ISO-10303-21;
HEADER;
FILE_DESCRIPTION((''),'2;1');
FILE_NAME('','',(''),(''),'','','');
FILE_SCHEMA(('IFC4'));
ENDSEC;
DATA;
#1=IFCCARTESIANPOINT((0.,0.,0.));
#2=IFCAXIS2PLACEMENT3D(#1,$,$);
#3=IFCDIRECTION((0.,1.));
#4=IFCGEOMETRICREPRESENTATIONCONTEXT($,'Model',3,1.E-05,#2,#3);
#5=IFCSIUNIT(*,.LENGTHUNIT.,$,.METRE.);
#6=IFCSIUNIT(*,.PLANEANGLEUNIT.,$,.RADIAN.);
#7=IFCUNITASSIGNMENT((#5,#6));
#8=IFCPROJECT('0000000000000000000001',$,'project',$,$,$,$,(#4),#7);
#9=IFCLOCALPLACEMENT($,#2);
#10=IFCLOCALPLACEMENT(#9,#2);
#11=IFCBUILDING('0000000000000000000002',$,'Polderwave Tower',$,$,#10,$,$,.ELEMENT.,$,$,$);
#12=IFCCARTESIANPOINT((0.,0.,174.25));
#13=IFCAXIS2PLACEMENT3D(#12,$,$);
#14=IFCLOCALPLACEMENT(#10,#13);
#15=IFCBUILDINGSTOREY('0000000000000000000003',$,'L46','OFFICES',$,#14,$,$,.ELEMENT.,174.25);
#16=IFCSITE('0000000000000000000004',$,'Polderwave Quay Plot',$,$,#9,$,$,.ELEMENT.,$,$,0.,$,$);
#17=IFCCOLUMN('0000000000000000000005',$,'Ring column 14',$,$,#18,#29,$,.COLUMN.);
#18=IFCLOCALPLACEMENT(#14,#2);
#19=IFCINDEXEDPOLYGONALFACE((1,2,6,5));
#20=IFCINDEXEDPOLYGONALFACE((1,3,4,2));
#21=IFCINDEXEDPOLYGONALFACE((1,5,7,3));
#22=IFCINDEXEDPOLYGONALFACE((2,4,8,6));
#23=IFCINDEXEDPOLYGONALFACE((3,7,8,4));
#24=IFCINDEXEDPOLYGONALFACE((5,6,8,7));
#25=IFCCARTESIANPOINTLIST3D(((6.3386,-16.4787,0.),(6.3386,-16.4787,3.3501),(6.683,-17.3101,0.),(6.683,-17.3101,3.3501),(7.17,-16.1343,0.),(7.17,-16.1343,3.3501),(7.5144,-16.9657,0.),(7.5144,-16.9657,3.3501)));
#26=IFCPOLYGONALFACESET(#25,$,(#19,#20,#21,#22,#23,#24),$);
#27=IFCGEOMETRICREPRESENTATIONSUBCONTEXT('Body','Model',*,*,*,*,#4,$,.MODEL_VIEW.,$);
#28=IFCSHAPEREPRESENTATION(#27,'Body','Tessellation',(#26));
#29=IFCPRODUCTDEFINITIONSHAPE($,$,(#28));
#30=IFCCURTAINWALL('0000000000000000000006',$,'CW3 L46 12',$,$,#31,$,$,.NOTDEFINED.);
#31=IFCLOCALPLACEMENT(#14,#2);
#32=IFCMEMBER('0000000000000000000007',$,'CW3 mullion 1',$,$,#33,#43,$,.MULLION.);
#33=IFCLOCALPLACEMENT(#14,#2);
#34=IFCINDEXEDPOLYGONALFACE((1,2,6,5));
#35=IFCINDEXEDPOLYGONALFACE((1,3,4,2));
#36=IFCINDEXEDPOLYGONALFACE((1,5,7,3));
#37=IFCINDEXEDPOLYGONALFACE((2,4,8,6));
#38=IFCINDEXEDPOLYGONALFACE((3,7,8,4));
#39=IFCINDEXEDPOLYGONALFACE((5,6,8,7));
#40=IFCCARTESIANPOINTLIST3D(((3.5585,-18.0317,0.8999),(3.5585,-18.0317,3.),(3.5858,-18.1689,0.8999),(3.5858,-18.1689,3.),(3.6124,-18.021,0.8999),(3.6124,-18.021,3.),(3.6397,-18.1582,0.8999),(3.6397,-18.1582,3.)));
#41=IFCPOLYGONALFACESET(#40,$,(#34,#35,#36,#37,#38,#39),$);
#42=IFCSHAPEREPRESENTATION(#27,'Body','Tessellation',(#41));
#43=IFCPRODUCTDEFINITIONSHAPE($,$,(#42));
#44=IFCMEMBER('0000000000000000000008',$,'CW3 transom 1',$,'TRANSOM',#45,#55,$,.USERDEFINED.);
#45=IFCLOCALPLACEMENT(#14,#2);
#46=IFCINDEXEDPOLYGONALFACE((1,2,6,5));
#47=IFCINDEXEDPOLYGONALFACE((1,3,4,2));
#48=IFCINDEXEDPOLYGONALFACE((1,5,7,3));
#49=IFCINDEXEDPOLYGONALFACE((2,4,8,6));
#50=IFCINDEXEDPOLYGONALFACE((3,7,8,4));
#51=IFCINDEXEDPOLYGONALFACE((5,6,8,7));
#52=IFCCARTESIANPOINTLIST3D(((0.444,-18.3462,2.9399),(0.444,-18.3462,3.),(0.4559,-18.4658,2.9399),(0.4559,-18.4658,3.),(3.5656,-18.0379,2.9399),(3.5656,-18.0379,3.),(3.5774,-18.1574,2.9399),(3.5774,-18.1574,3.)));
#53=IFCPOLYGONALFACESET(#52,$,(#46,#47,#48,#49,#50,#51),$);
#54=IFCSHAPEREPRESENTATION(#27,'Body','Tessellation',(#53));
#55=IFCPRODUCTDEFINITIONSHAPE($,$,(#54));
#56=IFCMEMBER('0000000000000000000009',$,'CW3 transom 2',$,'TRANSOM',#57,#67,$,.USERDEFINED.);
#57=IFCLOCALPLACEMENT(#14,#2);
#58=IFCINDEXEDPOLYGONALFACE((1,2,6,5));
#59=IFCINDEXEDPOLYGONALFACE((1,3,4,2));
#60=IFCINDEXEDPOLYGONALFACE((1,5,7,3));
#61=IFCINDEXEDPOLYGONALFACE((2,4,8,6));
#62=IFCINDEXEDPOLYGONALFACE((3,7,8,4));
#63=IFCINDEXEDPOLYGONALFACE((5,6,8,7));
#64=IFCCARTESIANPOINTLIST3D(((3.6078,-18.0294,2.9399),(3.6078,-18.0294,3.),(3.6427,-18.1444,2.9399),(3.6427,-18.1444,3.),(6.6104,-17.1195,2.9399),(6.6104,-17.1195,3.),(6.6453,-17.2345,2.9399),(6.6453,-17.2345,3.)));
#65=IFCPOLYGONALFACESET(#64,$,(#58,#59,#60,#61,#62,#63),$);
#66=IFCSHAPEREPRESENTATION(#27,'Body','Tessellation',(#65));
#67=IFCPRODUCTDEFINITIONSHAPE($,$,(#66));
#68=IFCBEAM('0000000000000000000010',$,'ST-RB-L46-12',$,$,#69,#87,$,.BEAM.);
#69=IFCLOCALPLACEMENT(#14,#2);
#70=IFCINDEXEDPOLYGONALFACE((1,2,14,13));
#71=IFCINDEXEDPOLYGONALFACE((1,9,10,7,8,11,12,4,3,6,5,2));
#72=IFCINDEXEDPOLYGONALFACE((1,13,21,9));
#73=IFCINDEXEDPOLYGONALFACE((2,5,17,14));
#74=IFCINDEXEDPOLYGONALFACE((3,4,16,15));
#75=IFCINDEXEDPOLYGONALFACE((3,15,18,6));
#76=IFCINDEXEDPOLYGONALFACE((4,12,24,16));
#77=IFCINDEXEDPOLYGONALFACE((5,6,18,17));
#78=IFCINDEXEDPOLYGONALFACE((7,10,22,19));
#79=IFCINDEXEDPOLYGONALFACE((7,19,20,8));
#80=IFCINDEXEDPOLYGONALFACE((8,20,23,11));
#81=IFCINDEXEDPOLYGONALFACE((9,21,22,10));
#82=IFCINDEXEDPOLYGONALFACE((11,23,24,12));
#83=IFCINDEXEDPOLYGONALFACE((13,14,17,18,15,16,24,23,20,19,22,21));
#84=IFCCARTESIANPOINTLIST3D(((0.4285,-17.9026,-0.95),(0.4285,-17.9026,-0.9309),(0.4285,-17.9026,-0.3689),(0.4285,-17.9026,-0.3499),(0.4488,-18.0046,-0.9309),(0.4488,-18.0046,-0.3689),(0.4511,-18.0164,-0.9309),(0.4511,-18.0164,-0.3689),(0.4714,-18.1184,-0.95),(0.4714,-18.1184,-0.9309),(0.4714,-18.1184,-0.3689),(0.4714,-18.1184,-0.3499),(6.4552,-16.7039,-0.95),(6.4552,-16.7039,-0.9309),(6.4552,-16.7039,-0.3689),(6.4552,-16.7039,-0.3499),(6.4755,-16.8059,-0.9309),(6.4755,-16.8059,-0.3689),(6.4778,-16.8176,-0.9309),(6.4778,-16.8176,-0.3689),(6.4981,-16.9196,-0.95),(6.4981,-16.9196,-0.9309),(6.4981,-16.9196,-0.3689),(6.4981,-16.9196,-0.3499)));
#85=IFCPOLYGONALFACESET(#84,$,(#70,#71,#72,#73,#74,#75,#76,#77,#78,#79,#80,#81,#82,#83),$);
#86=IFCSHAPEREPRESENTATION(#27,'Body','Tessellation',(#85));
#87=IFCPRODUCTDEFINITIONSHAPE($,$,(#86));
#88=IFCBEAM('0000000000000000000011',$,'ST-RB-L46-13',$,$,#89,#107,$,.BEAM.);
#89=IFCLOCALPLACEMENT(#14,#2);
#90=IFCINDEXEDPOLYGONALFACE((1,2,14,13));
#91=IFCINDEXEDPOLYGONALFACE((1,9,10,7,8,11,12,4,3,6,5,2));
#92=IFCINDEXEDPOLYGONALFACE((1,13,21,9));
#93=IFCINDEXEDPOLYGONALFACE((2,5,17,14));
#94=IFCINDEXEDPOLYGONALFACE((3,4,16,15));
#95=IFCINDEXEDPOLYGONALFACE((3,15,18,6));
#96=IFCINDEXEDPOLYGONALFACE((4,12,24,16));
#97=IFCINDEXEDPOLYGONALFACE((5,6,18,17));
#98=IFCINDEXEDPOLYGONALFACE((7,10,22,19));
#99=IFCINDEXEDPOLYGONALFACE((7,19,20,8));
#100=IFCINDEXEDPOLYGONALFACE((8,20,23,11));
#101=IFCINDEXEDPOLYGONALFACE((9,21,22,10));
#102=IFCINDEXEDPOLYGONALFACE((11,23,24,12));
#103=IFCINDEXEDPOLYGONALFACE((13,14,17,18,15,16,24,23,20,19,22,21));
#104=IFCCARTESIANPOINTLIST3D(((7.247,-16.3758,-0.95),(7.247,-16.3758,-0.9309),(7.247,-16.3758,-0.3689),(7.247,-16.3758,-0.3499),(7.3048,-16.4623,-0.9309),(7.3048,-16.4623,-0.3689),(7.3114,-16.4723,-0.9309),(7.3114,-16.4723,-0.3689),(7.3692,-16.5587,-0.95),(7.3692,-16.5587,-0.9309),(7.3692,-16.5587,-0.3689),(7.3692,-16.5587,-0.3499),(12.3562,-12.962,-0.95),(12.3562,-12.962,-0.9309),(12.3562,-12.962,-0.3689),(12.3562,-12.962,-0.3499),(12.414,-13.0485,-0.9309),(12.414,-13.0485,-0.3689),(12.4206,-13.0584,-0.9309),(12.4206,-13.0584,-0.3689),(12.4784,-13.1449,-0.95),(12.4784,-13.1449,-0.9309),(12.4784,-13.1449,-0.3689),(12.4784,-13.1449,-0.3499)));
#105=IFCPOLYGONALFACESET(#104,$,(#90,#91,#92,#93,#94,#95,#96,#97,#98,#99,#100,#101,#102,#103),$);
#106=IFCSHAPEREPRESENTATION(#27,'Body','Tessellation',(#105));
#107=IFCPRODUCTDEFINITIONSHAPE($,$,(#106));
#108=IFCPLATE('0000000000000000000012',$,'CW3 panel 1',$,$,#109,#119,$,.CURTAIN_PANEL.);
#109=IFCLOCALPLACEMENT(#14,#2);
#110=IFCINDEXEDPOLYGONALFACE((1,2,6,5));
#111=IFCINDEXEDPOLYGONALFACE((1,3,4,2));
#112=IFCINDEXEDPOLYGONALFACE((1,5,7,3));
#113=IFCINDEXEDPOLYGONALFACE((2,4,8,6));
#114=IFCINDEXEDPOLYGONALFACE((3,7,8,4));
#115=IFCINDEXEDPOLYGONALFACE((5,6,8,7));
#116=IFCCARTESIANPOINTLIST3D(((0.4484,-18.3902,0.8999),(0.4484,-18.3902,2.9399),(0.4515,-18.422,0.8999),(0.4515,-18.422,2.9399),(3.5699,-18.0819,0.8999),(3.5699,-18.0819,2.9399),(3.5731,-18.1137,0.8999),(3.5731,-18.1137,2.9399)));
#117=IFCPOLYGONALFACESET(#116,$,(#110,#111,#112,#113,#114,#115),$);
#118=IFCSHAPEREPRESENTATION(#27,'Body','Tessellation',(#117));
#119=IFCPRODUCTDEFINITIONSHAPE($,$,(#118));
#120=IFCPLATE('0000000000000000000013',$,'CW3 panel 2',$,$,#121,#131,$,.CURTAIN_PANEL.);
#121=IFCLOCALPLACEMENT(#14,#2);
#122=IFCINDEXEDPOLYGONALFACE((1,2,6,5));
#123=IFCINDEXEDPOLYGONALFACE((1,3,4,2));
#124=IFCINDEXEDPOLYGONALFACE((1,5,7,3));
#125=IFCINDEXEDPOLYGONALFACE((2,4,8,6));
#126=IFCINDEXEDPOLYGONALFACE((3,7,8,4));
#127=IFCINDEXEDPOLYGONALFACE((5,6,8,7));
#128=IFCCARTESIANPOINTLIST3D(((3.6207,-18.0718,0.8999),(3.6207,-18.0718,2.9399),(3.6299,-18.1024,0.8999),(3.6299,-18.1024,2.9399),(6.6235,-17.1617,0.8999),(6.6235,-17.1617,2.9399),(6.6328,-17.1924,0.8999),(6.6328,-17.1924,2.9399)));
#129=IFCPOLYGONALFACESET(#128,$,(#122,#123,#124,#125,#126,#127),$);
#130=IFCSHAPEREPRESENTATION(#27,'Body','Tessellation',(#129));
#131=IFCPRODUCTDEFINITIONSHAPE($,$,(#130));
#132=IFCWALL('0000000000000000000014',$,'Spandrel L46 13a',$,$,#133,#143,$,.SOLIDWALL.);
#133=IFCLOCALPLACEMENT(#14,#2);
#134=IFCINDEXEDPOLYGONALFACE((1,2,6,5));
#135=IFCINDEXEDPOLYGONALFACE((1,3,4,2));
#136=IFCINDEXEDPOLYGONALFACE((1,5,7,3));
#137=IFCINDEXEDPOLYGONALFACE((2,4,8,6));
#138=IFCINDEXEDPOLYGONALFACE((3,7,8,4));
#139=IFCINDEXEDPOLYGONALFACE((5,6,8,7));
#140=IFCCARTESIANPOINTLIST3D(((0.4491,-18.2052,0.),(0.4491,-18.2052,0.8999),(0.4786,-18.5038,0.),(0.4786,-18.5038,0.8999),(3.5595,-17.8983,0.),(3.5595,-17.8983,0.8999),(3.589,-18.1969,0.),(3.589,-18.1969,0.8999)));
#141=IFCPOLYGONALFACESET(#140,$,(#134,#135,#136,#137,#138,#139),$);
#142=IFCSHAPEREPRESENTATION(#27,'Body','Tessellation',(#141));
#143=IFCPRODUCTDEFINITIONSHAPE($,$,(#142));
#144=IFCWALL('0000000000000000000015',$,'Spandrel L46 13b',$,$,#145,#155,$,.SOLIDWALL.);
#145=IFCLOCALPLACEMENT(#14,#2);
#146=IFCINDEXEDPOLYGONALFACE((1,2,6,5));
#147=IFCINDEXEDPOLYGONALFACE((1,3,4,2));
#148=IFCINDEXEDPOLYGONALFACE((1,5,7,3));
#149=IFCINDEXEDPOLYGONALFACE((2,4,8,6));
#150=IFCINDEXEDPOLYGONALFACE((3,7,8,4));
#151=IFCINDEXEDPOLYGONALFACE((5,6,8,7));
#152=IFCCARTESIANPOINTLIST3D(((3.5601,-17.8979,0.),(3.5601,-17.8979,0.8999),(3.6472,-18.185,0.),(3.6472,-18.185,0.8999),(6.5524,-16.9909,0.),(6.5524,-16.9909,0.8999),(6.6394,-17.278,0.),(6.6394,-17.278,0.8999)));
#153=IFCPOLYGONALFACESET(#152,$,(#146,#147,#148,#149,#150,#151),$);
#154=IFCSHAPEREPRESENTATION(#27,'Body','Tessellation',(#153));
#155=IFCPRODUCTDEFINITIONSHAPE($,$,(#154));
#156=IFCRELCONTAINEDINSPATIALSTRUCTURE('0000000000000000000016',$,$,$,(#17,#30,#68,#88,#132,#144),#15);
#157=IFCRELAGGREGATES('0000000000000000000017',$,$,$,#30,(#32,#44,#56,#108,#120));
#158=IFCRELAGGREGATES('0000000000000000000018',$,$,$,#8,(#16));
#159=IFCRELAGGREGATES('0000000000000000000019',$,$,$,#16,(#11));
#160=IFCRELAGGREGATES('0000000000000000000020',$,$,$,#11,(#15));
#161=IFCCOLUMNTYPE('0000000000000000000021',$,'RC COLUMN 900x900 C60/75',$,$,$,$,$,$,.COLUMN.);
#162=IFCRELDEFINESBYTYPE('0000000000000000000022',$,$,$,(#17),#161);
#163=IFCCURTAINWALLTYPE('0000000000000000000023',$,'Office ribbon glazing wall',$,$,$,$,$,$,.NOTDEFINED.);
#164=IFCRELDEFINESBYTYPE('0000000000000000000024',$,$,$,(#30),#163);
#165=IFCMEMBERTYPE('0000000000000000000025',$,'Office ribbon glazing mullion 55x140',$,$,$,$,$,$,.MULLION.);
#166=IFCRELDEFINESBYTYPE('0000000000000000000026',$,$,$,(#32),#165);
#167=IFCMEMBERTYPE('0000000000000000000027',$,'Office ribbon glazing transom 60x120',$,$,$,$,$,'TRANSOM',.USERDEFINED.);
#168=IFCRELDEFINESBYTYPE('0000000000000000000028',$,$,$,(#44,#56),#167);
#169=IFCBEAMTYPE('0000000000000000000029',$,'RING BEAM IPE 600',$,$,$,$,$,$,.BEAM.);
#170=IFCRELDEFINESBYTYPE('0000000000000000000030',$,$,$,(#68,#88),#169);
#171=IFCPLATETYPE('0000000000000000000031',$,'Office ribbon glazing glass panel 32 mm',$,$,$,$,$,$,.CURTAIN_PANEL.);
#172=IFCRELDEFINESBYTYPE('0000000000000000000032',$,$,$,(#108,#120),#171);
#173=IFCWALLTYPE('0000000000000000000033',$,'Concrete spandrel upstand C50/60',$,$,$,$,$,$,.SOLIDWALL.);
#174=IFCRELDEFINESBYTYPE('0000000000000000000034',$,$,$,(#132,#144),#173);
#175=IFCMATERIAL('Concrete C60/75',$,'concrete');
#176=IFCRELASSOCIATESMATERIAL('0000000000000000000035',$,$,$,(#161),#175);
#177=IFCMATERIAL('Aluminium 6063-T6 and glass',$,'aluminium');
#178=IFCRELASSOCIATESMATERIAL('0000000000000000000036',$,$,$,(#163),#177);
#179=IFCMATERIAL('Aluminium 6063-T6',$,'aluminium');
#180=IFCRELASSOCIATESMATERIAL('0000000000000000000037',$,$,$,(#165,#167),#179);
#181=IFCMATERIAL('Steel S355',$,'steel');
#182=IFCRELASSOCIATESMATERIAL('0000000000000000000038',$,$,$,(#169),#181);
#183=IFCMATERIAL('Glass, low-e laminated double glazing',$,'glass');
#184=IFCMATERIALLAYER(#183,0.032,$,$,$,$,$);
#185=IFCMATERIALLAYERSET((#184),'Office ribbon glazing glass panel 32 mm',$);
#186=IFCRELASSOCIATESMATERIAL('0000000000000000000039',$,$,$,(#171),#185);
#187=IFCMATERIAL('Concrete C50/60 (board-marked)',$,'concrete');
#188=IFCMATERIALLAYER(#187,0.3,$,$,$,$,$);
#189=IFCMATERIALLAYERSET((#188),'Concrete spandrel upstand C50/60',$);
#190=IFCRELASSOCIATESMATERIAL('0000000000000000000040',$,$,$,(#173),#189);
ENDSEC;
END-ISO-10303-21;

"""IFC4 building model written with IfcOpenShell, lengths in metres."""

from ifc_helpers import new_model, si_unit, direction, frame, frame_2d, origin, origin_2d, place, context, subcontext, project, spatial, rectangle, i_section, extrude, material, layer, layer_set, material_profile, profile_set, type_object, element, aggregate, save


model = new_model("IFC4")

# Units and contexts
model_context = context("Model", 3, precision=1e-05, world=origin(), true_north=direction((0.0, 1.0)))
body_context = subcontext(model_context, "Body", "Model", "MODEL_VIEW")
ifc_project = project(units=[si_unit("LENGTHUNIT", "METRE"), si_unit("PLANEANGLEUNIT", "RADIAN")], contexts=[model_context])

# Site, building, storey
site_placement = place(None, origin())
site = spatial("IfcSite", under=ifc_project, at=site_placement, Name="Polderwave Quay Plot", CompositionType="ELEMENT", RefElevation=0.0)
building_placement = place(site_placement, origin())
building = spatial("IfcBuilding", under=site, at=building_placement, Name="Polderwave Tower", CompositionType="ELEMENT")
storey_placement = place(building_placement, frame((0.0, 0.0, 174.25)))
storey = spatial("IfcBuildingStorey", under=building, at=storey_placement, Name="L46", Description="OFFICES", CompositionType="ELEMENT", Elevation=174.25)

# Column
ifc_material_1 = material(Name="Concrete C60/75", Category="concrete")
ifc_material_profile_1 = material_profile(ifc_material_1, rectangle(XDim=0.8999, YDim=0.8999, at=origin_2d()), Name="RC 900x900")
ifc_profile_set_1 = profile_set([ifc_material_profile_1], Name="Concrete C60/75")
column_type = type_object("IfcColumnType", Name="RC COLUMN 900x900 C60/75", PredefinedType="COLUMN", material=ifc_profile_set_1)
column_placement = place(storey_placement, frame((6.9265, -16.7222, 0.0), z_axis=(0.0, 0.0, 1.0), x_axis=(0.382683, -0.92388, 0.0)))
element("IfcColumn", 1, at=column_placement, inside=storey, type_object=column_type, Name="Ring column 14", PredefinedType="COLUMN", context=body_context, shape_type="SweptSolid", body=[
    extrude(rectangle(XDim=0.8999, YDim=0.8999, at=origin_2d()), origin(), (0.0, 0.0, 1.0), 3.3501),
])

# Curtain wall, members
ifc_material_2 = material(Name="Aluminium 6063-T6 and glass", Category="aluminium")
curtain_wall_type = type_object("IfcCurtainWallType", Name="Office ribbon glazing wall", PredefinedType="NOTDEFINED", material=ifc_material_2)
curtain_wall_placement = place(storey_placement, origin())
curtain_wall = element("IfcCurtainWall", 2, at=curtain_wall_placement, inside=storey, type_object=curtain_wall_type, Name="CW3 L46 12", PredefinedType="NOTDEFINED")
ifc_material_3 = material(Name="Aluminium 6063-T6", Category="aluminium")
ifc_material_profile_2 = material_profile(ifc_material_3, rectangle(XDim=0.1399, YDim=0.0549, at=origin_2d()), Name="AL 55x140")
ifc_profile_set_2 = profile_set([ifc_material_profile_2], Name="Aluminium 6063-T6")
member_type_1 = type_object("IfcMemberType", Name="Office ribbon glazing mullion 55x140", PredefinedType="MULLION", material=ifc_profile_set_2)
member_1_placement = place(storey_placement, frame((3.5991, -18.095, 0.8999), z_axis=(0.0, 0.0, 1.0), x_axis=(-0.195097, 0.980784, 0.0)))
member_1 = element("IfcMember", 3, at=member_1_placement, type_object=member_type_1, Name="CW3 mullion 1", PredefinedType="MULLION", context=body_context, shape_type="SweptSolid", body=[
    extrude(rectangle(XDim=0.1399, YDim=0.0549, at=origin_2d()), origin(), (0.0, 0.0, 1.0), 2.1001),
])
ifc_material_profile_3 = material_profile(ifc_material_3, rectangle(XDim=0.1201, YDim=0.0601, at=origin_2d()), Name="AL 60x120")
ifc_profile_set_3 = profile_set([ifc_material_profile_3], Name="Aluminium 6063-T6")
member_type_2 = type_object("IfcMemberType", Name="Office ribbon glazing transom 60x120", ElementType="TRANSOM", PredefinedType="USERDEFINED", material=ifc_profile_set_3)
member_2_placement = place(storey_placement, frame((0.45, -18.406, 2.97), z_axis=(0.995157, 0.098301, 0.0), x_axis=(-0.098301, 0.995157, 0.0)))
member_2 = element("IfcMember", 4, at=member_2_placement, type_object=member_type_2, Name="CW3 transom 1", ObjectType="TRANSOM", PredefinedType="USERDEFINED", context=body_context, shape_type="SweptSolid", body=[
    extrude(rectangle(XDim=0.1201, YDim=0.0601, at=origin_2d()), origin(), (0.0, 0.0, 1.0), 3.1367),
])
member_3_placement = place(storey_placement, frame((3.6252, -18.0869, 2.97), z_axis=(0.957024, 0.29001, 0.0), x_axis=(-0.29001, 0.957024, 0.0)))
member_3 = element("IfcMember", 5, at=member_3_placement, type_object=member_type_2, Name="CW3 transom 2", ObjectType="TRANSOM", PredefinedType="USERDEFINED", context=body_context, shape_type="SweptSolid", body=[
    extrude(rectangle(XDim=0.1201, YDim=0.0601, at=origin_2d()), origin(), (0.0, 0.0, 1.0), 3.1375),
])

# Beams
ifc_material_4 = material(Name="Steel S355", Category="steel")
ifc_material_profile_4 = material_profile(ifc_material_4, i_section(OverallWidth=0.22, OverallDepth=0.6001, WebThickness=0.012, FlangeThickness=0.019, at=origin_2d()), Name="IPE 600")
ifc_profile_set_4 = profile_set([ifc_material_profile_4], Name="Steel S355")
beam_type = type_object("IfcBeamType", Name="RING BEAM IPE 600", PredefinedType="BEAM", material=ifc_profile_set_4)
for number, where, z_axis, x_axis, name in (
    (6, (0.45, -18.0105, -0.6499), (0.980786, 0.195085, 0.0), (-0.195085, 0.980786, 0.0), "ST-RB-L46-12"),
    (7, (7.3081, -16.4673, -0.6499), (0.831469, 0.555571, 0.0), (-0.555571, 0.831469, 0.0), "ST-RB-L46-13"),
):
    element("IfcBeam", number, at=place(storey_placement, frame(where, z_axis=z_axis, x_axis=x_axis)), inside=storey, type_object=beam_type, Name=name, PredefinedType="BEAM", context=body_context, shape_type="SweptSolid", body=[
        extrude(i_section(OverallWidth=0.22, OverallDepth=0.6001, WebThickness=0.012, FlangeThickness=0.019, at=origin_2d()), origin(), (0.0, 0.0, 1.0), 6.1448),
    ])

# Plates
ifc_material_5 = material(Name="Glass, low-e laminated double glazing", Category="glass")
ifc_layer_1 = layer(ifc_material_5, 0.032)
ifc_layer_set_1 = layer_set([ifc_layer_1], Name="Office ribbon glazing glass panel 32 mm")
plate_type = type_object("IfcPlateType", Name="Office ribbon glazing glass panel 32 mm", PredefinedType="CURTAIN_PANEL", material=ifc_layer_set_1)
plate_1_placement = place(storey_placement, frame((2.0107, -18.252, 0.8999), z_axis=(0.0, 0.0, 1.0), x_axis=(0.995159, 0.098283, 0.0)))
plate_1 = element("IfcPlate", 8, at=plate_1_placement, type_object=plate_type, Name="CW3 panel 1", PredefinedType="CURTAIN_PANEL", context=body_context, shape_type="SweptSolid", body=[
    extrude(rectangle(XDim=3.1367, YDim=0.032, at=origin_2d()), origin(), (0.0, 0.0, 1.0), 2.04),
])
plate_2_placement = place(storey_placement, frame((5.1267, -17.6321, 0.8999), z_axis=(0.0, 0.0, 1.0), x_axis=(0.957014, 0.290042, 0.0)))
plate_2 = element("IfcPlate", 9, at=plate_2_placement, type_object=plate_type, Name="CW3 panel 2", PredefinedType="CURTAIN_PANEL", context=body_context, shape_type="SweptSolid", body=[
    extrude(rectangle(XDim=3.1377, YDim=0.032, at=origin_2d()), origin(), (0.0, 0.0, 1.0), 2.04),
])
aggregate(curtain_wall, [member_1, member_2, member_3, plate_1, plate_2])

# Walls
ifc_material_6 = material(Name="Concrete C50/60 (board-marked)", Category="concrete")
ifc_layer_2 = layer(ifc_material_6, 0.3)
ifc_layer_set_2 = layer_set([ifc_layer_2], Name="Concrete spandrel upstand C50/60")
wall_type_1 = type_object("IfcWallType", Name="Concrete spandrel upstand C50/60", PredefinedType="SOLIDWALL", material=ifc_layer_set_2)
wall_1_placement = place(storey_placement, frame((0.4639, -18.3545, 0.0), z_axis=(0.0, 0.0, 1.0), x_axis=(0.995168, 0.098189, 0.0)))
element("IfcWall", 10, at=wall_1_placement, inside=storey, type_object=wall_type_1, Name="Spandrel L46 13a", PredefinedType="SOLIDWALL", context=body_context, shape_type="SweptSolid", body=[
    extrude(rectangle(XDim=3.1255, YDim=0.3, at=frame_2d((1.5627, 0.0))), origin(), (0.0, 0.0, 1.0), 0.8999),
])
wall_2_placement = place(storey_placement, frame((3.6035, -18.0415, 0.0), z_axis=(0.0, 0.0, 1.0), x_axis=(0.957001, 0.290083, 0.0)))
element("IfcWall", 11, at=wall_2_placement, inside=storey, type_object=wall_type_1, Name="Spandrel L46 13b", PredefinedType="SOLIDWALL", context=body_context, shape_type="SweptSolid", body=[
    extrude(rectangle(XDim=3.1267, YDim=0.3, at=frame_2d((1.5635, 0.0))), origin(), (0.0, 0.0, 1.0), 0.8999),
])

save(model, "model.ifc")
